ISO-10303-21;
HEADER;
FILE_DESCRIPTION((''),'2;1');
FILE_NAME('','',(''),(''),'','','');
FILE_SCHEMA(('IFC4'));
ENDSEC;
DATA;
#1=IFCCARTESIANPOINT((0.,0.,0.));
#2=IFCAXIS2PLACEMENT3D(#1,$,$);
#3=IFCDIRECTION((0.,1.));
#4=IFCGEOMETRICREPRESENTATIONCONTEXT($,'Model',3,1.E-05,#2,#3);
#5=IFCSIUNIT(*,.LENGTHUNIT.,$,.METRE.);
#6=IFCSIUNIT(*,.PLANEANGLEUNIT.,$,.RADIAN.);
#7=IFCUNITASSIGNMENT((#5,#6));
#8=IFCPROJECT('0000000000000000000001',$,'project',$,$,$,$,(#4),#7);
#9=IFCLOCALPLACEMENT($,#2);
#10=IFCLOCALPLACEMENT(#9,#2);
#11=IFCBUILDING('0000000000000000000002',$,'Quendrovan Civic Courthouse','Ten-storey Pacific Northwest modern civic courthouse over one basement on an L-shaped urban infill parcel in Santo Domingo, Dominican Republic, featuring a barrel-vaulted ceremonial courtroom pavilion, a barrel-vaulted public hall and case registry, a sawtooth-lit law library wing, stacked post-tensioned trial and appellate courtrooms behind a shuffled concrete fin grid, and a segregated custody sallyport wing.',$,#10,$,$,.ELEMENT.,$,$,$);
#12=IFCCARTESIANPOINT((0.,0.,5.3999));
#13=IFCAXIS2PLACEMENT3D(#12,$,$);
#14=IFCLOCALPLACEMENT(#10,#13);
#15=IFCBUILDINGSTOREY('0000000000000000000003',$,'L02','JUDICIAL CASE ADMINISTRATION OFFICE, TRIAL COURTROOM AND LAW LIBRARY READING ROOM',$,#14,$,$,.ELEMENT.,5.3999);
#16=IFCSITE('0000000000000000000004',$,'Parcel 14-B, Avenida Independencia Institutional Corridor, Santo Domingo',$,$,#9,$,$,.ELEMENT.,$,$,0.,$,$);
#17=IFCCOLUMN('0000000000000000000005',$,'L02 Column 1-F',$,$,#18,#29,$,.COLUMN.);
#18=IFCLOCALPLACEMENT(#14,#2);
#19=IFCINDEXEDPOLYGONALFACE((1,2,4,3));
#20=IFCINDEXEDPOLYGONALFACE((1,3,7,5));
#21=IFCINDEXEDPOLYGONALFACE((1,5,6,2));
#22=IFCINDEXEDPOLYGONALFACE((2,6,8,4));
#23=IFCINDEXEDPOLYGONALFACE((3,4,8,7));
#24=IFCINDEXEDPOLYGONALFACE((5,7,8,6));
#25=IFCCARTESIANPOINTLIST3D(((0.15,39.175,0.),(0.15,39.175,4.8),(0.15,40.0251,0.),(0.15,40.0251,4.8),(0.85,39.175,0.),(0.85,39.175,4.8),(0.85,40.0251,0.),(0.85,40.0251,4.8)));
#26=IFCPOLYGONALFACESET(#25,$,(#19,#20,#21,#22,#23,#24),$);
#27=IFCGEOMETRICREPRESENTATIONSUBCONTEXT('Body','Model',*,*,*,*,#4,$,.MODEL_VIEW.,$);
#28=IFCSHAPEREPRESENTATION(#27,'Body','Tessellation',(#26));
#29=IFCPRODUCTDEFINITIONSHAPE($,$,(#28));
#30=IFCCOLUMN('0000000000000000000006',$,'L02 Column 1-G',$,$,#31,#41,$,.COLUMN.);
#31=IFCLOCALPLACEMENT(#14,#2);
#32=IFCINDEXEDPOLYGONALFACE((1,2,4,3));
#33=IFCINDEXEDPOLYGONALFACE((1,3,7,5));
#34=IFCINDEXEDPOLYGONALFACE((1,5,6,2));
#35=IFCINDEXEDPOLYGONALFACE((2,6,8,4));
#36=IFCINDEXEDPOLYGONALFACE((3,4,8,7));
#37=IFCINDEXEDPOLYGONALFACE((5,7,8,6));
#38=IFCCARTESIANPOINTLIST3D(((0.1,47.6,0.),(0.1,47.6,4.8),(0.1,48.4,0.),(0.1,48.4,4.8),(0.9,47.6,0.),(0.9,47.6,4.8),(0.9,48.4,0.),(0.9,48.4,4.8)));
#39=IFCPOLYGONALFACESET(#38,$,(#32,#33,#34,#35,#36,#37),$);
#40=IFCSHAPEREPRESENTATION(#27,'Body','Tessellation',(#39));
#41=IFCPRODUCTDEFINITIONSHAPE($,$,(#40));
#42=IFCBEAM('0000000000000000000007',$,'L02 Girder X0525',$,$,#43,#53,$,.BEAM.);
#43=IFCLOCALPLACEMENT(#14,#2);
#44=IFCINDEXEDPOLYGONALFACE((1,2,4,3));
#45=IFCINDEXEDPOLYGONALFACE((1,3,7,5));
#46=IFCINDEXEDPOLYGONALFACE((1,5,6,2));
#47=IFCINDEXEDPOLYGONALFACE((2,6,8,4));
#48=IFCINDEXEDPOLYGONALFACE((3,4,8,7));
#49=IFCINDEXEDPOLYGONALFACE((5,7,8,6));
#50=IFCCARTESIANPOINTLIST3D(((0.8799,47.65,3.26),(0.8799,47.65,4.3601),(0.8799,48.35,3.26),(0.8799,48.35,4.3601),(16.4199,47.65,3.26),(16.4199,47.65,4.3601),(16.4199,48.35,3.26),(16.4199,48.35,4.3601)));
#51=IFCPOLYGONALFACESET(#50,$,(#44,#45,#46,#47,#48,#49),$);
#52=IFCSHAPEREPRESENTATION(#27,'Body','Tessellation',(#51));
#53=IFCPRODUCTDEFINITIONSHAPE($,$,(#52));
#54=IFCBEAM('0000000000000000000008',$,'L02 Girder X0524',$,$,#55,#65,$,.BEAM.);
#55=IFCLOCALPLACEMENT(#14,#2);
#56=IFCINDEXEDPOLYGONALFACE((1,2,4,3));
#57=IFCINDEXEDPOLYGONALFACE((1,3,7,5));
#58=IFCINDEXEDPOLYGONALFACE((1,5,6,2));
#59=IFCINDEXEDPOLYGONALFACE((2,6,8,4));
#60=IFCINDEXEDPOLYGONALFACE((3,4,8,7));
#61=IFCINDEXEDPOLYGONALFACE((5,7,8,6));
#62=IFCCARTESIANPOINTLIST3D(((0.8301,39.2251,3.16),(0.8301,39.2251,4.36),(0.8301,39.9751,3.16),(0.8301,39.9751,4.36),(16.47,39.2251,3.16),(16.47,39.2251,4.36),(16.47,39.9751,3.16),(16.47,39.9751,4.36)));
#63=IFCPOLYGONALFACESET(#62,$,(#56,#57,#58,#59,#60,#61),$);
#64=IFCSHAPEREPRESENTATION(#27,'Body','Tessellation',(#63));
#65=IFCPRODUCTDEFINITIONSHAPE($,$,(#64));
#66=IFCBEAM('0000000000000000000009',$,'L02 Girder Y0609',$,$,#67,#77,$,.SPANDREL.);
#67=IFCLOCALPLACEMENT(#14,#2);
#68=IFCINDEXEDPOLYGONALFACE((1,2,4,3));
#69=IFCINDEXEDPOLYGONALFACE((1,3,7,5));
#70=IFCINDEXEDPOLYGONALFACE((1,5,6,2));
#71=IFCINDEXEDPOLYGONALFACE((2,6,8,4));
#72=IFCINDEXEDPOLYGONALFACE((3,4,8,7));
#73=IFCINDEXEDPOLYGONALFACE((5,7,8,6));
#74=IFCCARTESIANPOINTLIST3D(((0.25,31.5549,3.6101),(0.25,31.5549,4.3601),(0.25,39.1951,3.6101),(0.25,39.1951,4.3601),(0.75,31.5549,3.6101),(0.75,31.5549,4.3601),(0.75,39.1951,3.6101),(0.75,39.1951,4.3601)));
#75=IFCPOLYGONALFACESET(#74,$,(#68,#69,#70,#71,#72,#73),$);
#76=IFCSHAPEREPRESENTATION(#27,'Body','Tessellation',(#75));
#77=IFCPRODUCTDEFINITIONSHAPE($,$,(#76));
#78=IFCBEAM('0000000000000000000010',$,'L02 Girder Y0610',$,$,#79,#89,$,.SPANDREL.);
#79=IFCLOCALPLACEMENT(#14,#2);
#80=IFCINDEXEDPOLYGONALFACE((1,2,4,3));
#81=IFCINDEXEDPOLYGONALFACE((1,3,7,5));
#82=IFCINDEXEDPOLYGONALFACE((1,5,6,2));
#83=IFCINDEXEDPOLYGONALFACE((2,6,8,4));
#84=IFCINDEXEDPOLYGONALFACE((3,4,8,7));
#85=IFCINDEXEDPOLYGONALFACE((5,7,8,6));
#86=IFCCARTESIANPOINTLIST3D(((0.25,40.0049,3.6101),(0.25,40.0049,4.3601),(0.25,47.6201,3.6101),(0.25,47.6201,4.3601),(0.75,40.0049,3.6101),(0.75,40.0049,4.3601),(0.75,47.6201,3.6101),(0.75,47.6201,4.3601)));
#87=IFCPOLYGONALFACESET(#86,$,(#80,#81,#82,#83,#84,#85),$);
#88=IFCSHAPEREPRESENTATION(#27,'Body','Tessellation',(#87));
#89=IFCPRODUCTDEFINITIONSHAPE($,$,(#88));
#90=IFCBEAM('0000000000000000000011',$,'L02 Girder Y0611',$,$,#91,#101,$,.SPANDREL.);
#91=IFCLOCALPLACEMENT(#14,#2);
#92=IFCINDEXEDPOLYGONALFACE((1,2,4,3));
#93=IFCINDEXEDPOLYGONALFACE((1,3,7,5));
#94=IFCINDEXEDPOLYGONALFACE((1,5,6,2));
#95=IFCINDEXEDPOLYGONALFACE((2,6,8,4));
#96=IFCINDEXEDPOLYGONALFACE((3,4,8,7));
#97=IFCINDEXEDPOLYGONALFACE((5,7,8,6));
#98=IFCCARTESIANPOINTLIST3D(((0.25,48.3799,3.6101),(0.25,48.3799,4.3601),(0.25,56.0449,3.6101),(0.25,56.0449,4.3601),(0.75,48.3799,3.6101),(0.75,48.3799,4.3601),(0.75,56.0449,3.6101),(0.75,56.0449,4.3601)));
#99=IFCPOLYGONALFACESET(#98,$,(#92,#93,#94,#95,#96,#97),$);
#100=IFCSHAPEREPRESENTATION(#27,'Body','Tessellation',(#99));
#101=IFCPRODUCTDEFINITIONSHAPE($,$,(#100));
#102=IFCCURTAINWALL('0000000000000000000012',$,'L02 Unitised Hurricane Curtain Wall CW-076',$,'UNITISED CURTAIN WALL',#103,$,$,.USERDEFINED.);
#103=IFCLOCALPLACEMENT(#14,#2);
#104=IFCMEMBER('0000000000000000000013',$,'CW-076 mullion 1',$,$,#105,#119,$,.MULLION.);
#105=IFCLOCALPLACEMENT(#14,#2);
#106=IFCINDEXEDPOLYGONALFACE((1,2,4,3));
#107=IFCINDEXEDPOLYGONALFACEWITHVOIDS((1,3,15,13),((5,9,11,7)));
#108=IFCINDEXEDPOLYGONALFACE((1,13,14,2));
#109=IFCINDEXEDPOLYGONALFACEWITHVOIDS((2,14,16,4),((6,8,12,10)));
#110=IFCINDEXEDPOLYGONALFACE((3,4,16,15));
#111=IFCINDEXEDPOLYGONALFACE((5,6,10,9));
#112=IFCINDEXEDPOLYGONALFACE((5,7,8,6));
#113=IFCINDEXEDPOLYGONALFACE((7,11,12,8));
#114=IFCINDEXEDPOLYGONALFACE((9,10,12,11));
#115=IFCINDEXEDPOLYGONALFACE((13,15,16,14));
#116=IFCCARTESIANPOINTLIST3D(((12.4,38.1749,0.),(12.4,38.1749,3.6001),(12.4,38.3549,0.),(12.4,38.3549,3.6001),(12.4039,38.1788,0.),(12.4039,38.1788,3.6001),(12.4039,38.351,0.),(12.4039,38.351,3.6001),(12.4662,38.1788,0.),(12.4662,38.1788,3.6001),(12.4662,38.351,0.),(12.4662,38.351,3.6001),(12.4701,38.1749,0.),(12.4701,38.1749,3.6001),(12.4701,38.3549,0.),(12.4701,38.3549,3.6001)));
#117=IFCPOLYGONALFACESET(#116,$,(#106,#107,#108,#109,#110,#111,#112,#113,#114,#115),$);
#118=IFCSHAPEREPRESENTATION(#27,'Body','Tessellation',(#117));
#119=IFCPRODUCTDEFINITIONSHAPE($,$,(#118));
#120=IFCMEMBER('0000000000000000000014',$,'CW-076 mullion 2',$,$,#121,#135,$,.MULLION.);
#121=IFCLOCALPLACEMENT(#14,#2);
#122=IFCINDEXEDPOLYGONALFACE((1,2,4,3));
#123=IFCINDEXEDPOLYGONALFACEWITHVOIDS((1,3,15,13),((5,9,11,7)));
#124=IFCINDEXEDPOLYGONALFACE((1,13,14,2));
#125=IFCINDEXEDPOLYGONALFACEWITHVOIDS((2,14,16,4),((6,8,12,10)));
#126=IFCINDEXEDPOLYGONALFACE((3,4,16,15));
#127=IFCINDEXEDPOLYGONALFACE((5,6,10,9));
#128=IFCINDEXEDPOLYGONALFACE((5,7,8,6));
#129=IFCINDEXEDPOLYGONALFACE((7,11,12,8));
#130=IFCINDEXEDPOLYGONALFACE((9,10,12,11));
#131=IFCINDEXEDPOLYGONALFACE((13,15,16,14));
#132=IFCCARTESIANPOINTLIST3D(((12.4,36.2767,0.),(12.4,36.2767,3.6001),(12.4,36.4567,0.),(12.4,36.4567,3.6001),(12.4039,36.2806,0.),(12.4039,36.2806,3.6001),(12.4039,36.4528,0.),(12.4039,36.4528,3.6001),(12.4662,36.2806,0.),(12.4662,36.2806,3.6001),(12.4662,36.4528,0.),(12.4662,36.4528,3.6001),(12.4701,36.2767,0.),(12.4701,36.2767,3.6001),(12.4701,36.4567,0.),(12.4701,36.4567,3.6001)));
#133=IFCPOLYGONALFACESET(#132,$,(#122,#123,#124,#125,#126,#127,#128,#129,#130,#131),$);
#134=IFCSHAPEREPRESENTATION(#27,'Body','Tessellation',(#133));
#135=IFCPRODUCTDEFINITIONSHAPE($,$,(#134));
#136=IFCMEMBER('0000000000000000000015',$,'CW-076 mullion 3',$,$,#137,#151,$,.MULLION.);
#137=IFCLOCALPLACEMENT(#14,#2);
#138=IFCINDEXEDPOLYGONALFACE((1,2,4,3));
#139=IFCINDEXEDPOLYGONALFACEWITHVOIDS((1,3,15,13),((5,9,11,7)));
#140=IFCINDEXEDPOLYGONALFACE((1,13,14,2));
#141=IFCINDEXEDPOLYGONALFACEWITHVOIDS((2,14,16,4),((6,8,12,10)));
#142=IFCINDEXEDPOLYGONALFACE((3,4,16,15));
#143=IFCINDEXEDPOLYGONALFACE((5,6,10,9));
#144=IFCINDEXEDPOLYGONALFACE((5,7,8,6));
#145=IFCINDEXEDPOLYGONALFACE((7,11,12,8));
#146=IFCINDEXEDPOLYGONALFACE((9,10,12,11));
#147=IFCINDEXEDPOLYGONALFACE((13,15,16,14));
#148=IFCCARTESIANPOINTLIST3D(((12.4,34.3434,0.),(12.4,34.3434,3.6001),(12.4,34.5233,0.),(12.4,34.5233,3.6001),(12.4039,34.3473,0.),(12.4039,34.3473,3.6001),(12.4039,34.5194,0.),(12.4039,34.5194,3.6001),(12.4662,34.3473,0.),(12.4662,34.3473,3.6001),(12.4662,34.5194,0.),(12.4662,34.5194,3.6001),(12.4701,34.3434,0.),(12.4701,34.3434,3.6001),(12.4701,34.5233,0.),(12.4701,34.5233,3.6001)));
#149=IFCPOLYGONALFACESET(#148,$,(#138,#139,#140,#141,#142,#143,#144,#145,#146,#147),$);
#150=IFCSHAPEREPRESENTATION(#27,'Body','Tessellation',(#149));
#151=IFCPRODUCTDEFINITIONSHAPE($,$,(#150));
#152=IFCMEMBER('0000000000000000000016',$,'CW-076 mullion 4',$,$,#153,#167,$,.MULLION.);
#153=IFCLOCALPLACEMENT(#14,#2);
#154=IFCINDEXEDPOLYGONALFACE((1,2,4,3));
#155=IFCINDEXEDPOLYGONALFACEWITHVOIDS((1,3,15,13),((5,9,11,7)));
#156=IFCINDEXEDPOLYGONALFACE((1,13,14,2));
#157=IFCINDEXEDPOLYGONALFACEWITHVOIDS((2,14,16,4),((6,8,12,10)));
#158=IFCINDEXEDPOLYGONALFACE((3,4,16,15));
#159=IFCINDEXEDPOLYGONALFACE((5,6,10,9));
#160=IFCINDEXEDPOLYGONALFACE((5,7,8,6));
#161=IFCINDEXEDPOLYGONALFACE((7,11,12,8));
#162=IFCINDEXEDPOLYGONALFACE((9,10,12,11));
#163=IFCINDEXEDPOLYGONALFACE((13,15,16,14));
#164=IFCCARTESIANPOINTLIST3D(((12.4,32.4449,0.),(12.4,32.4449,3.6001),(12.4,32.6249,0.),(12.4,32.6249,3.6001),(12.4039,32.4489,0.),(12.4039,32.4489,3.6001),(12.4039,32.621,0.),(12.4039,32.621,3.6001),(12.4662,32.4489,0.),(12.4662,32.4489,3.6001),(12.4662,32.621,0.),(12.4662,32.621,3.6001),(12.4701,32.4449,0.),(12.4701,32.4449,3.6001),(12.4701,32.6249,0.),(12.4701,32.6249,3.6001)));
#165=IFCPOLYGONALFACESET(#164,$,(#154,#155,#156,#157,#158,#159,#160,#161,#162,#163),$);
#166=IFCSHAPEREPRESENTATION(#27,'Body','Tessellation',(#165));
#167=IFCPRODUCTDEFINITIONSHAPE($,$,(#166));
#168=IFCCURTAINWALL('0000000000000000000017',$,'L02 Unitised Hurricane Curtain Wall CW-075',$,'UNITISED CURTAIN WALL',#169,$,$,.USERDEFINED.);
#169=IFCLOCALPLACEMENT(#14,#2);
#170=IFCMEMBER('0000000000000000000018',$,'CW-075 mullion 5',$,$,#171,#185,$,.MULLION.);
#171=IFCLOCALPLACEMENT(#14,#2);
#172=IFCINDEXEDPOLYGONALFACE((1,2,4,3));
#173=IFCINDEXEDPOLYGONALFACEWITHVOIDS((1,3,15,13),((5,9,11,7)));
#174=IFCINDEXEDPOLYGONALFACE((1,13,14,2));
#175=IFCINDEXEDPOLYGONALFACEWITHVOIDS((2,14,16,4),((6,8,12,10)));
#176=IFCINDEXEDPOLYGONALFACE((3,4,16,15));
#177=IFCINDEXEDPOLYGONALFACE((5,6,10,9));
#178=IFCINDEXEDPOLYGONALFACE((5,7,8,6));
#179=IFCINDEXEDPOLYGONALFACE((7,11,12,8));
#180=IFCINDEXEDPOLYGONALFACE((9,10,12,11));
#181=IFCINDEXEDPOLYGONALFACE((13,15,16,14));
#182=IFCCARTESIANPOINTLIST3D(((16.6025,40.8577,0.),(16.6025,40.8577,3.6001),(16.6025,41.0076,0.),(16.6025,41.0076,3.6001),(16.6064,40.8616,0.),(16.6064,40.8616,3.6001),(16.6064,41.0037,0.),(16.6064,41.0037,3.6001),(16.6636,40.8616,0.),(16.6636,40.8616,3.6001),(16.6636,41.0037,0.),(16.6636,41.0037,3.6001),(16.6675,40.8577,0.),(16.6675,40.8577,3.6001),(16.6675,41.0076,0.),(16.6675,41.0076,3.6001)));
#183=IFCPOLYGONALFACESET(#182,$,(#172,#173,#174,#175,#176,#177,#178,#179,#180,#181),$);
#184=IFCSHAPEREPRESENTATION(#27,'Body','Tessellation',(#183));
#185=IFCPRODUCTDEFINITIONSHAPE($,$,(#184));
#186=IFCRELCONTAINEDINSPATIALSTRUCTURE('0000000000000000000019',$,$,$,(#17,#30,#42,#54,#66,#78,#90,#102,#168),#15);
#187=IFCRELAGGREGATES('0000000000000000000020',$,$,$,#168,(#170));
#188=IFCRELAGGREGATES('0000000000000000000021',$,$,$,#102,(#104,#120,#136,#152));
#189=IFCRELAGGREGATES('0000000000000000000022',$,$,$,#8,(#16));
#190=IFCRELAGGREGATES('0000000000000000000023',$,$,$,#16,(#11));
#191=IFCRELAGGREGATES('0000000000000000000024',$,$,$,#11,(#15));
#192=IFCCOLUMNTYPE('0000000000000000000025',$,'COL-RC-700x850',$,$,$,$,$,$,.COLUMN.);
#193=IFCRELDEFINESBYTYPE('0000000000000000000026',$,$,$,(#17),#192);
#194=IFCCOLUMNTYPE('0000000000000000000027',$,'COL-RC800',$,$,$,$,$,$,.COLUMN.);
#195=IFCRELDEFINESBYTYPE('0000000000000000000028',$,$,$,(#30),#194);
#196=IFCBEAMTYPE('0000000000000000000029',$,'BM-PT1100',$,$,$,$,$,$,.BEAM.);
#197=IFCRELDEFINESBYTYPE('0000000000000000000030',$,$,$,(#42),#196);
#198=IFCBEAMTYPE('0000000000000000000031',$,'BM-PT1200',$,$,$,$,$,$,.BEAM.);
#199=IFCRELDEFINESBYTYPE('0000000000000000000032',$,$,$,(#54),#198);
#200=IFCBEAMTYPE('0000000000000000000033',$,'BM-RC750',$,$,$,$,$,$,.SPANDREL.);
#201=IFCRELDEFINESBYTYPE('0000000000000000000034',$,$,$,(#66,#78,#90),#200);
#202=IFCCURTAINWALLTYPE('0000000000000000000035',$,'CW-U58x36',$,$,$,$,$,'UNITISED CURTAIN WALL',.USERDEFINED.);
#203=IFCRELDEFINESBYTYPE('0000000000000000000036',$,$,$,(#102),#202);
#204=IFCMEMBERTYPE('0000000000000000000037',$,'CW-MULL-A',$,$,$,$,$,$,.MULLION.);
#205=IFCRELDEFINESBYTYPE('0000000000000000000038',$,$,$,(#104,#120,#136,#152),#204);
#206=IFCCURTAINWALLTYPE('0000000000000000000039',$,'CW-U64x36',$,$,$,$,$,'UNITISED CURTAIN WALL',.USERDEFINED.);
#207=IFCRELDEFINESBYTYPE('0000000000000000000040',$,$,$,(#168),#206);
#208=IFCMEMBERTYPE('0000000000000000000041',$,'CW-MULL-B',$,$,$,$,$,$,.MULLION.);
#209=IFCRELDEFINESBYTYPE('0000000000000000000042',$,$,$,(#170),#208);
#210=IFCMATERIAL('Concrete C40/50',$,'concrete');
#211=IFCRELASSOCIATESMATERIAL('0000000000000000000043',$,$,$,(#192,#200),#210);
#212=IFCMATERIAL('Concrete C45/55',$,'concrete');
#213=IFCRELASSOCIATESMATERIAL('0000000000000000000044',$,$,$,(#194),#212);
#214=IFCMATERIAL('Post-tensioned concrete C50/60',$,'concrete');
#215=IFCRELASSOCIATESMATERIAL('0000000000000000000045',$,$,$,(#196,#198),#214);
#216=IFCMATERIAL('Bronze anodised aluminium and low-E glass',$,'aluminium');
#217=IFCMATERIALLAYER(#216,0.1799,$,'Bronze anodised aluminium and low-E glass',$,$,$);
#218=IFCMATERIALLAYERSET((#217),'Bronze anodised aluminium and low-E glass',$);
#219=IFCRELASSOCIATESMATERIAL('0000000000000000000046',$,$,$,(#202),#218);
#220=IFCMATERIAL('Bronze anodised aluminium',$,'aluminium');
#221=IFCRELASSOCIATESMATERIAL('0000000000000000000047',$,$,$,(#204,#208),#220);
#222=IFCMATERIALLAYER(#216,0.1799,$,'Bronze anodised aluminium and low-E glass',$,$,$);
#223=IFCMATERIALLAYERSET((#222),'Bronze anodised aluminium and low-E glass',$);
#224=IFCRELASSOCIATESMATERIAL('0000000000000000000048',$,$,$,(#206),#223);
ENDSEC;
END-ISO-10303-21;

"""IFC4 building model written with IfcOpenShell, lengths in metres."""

from ifc_helpers import new_model, si_unit, direction, frame, origin, origin_2d, place, context, subcontext, project, spatial, rectangle, hollow_rectangle, extrude, material, layer, layer_set, material_profile, profile_set, type_object, element, aggregate, save


model = new_model("IFC4")

# Units and contexts
model_context = context("Model", 3, precision=1e-05, world=origin(), true_north=direction((0.0, 1.0)))
body_context = subcontext(model_context, "Body", "Model", "MODEL_VIEW")
ifc_project = project(units=[si_unit("LENGTHUNIT", "METRE"), si_unit("PLANEANGLEUNIT", "RADIAN")], contexts=[model_context])

# Site, building, storey
site_placement = place(None, origin())
site = spatial("IfcSite", under=ifc_project, at=site_placement, Name="Parcel 14-B, Avenida Independencia Institutional Corridor, Santo Domingo", CompositionType="ELEMENT", RefElevation=0.0)
building_placement = place(site_placement, origin())
building = spatial("IfcBuilding", under=site, at=building_placement, Name="Quendrovan Civic Courthouse", Description="Ten-storey Pacific Northwest modern civic courthouse over one basement on an L-shaped urban infill parcel in Santo Domingo, Dominican Republic, featuring a barrel-vaulted ceremonial courtroom pavilion, a barrel-vaulted public hall and case registry, a sawtooth-lit law library wing, stacked post-tensioned trial and appellate courtrooms behind a shuffled concrete fin grid, and a segregated custody sallyport wing.", CompositionType="ELEMENT")
storey_placement = place(building_placement, frame((0.0, 0.0, 5.3999)))
storey = spatial("IfcBuildingStorey", under=building, at=storey_placement, Name="L02", Description="JUDICIAL CASE ADMINISTRATION OFFICE, TRIAL COURTROOM AND LAW LIBRARY READING ROOM", CompositionType="ELEMENT", Elevation=5.3999)

# Columns
ifc_material_1 = material(Name="Concrete C40/50", Category="concrete")
ifc_material_profile_1 = material_profile(ifc_material_1, rectangle(XDim=0.7, YDim=0.8501, at=origin_2d()), Name="RC-COL-700x850")
ifc_profile_set_1 = profile_set([ifc_material_profile_1], Name="Concrete C40/50")
column_type_1 = type_object("IfcColumnType", Name="COL-RC-700x850", PredefinedType="COLUMN", material=ifc_profile_set_1)
column_1_placement = place(storey_placement, frame((0.5, 39.6001, 0.0), z_axis=(0.0, 0.0, 1.0), x_axis=(1.0, 0.0, 0.0)))
element("IfcColumn", 1, at=column_1_placement, inside=storey, type_object=column_type_1, Name="L02 Column 1-F", PredefinedType="COLUMN", context=body_context, shape_type="SweptSolid", body=[
    extrude(rectangle(XDim=0.7, YDim=0.8501, at=origin_2d()), origin(), (0.0, 0.0, 1.0), 4.8),
])
ifc_material_2 = material(Name="Concrete C45/55", Category="concrete")
ifc_material_profile_2 = material_profile(ifc_material_2, rectangle(XDim=0.8, YDim=0.8, at=origin_2d()), Name="RC-COL-800x800")
ifc_profile_set_2 = profile_set([ifc_material_profile_2], Name="Concrete C45/55")
column_type_2 = type_object("IfcColumnType", Name="COL-RC800", PredefinedType="COLUMN", material=ifc_profile_set_2)
column_2_placement = place(storey_placement, frame((0.5, 48.0, 0.0), z_axis=(0.0, 0.0, 1.0), x_axis=(1.0, 0.0, 0.0)))
element("IfcColumn", 2, at=column_2_placement, inside=storey, type_object=column_type_2, Name="L02 Column 1-G", PredefinedType="COLUMN", context=body_context, shape_type="SweptSolid", body=[
    extrude(rectangle(XDim=0.8, YDim=0.8, at=origin_2d()), origin(), (0.0, 0.0, 1.0), 4.8),
])

# Beams
ifc_material_3 = material(Name="Post-tensioned concrete C50/60", Category="concrete")
ifc_material_profile_3 = material_profile(ifc_material_3, rectangle(XDim=0.7, YDim=1.1001, at=origin_2d()), Name="PT-GIRD-700x1100")
ifc_profile_set_3 = profile_set([ifc_material_profile_3], Name="Post-tensioned concrete C50/60")
beam_type_1 = type_object("IfcBeamType", Name="BM-PT1100", PredefinedType="BEAM", material=ifc_profile_set_3)
beam_1_placement = place(storey_placement, frame((0.8799, 48.0, 3.8101), z_axis=(1.0, 0.0, 0.0), x_axis=(0.0, 1.0, 0.0)))
element("IfcBeam", 3, at=beam_1_placement, inside=storey, type_object=beam_type_1, Name="L02 Girder X0525", PredefinedType="BEAM", context=body_context, shape_type="SweptSolid", body=[
    extrude(rectangle(XDim=0.7, YDim=1.1001, at=origin_2d()), origin(), (0.0, 0.0, 1.0), 15.54),
])
ifc_material_profile_4 = material_profile(ifc_material_3, rectangle(XDim=0.75, YDim=1.2, at=origin_2d()), Name="PT-GIRD-750x1200")
ifc_profile_set_4 = profile_set([ifc_material_profile_4], Name="Post-tensioned concrete C50/60")
beam_type_2 = type_object("IfcBeamType", Name="BM-PT1200", PredefinedType="BEAM", material=ifc_profile_set_4)
beam_2_placement = place(storey_placement, frame((0.8301, 39.6001, 3.76), z_axis=(1.0, 0.0, 0.0), x_axis=(0.0, 1.0, 0.0)))
element("IfcBeam", 4, at=beam_2_placement, inside=storey, type_object=beam_type_2, Name="L02 Girder X0524", PredefinedType="BEAM", context=body_context, shape_type="SweptSolid", body=[
    extrude(rectangle(XDim=0.75, YDim=1.2, at=origin_2d()), origin(), (0.0, 0.0, 1.0), 15.6399),
])
ifc_material_profile_5 = material_profile(ifc_material_1, rectangle(XDim=0.5, YDim=0.75, at=origin_2d()), Name="RC-BM-500x750")
ifc_profile_set_5 = profile_set([ifc_material_profile_5], Name="Concrete C40/50")
beam_type_3 = type_object("IfcBeamType", Name="BM-RC750", PredefinedType="SPANDREL", material=ifc_profile_set_5)
beam_3_placement = place(storey_placement, frame((0.5, 31.5549, 3.9851), z_axis=(0.0, 1.0, 0.0), x_axis=(-1.0, 0.0, 0.0)))
element("IfcBeam", 5, at=beam_3_placement, inside=storey, type_object=beam_type_3, Name="L02 Girder Y0609", PredefinedType="SPANDREL", context=body_context, shape_type="SweptSolid", body=[
    extrude(rectangle(XDim=0.5, YDim=0.75, at=origin_2d()), origin(), (0.0, 0.0, 1.0), 7.6401),
])
beam_4_placement = place(storey_placement, frame((0.5, 40.0049, 3.9851), z_axis=(0.0, 1.0, 0.0), x_axis=(-1.0, 0.0, 0.0)))
element("IfcBeam", 6, at=beam_4_placement, inside=storey, type_object=beam_type_3, Name="L02 Girder Y0610", PredefinedType="SPANDREL", context=body_context, shape_type="SweptSolid", body=[
    extrude(rectangle(XDim=0.5, YDim=0.75, at=origin_2d()), origin(), (0.0, 0.0, 1.0), 7.6152),
])
beam_5_placement = place(storey_placement, frame((0.5, 48.3799, 3.9851), z_axis=(0.0, 1.0, 0.0), x_axis=(-1.0, 0.0, 0.0)))
element("IfcBeam", 7, at=beam_5_placement, inside=storey, type_object=beam_type_3, Name="L02 Girder Y0611", PredefinedType="SPANDREL", context=body_context, shape_type="SweptSolid", body=[
    extrude(rectangle(XDim=0.5, YDim=0.75, at=origin_2d()), origin(), (0.0, 0.0, 1.0), 7.665),
])

# Curtain wall, members
ifc_material_4 = material(Name="Bronze anodised aluminium and low-E glass", Category="aluminium")
ifc_layer_1 = layer(ifc_material_4, 0.1799, Name="Bronze anodised aluminium and low-E glass")
ifc_layer_set_1 = layer_set([ifc_layer_1], Name="Bronze anodised aluminium and low-E glass")
curtain_wall_type_1 = type_object("IfcCurtainWallType", Name="CW-U58x36", ElementType="UNITISED CURTAIN WALL", PredefinedType="USERDEFINED", material=ifc_layer_set_1)
curtain_wall_1_placement = place(storey_placement, origin())
curtain_wall_1 = element("IfcCurtainWall", 8, at=curtain_wall_1_placement, inside=storey, type_object=curtain_wall_type_1, Name="L02 Unitised Hurricane Curtain Wall CW-076", ObjectType="UNITISED CURTAIN WALL", PredefinedType="USERDEFINED")
ifc_material_5 = material(Name="Bronze anodised aluminium", Category="aluminium")
ifc_material_profile_6 = material_profile(ifc_material_5, hollow_rectangle(XDim=0.0701, YDim=0.1799, WallThickness=0.0039, at=origin_2d()), Name="CW-MULL-70x180")
ifc_profile_set_6 = profile_set([ifc_material_profile_6], Name="Bronze anodised aluminium")
member_type_1 = type_object("IfcMemberType", Name="CW-MULL-A", PredefinedType="MULLION", material=ifc_profile_set_6)
member_1_placement = place(storey_placement, frame((12.4351, 38.2649, 0.0), z_axis=(0.0, 0.0, 1.0), x_axis=(1.0, 0.0, 0.0)))
member_1 = element("IfcMember", 9, at=member_1_placement, type_object=member_type_1, Name="CW-076 mullion 1", PredefinedType="MULLION", context=body_context, shape_type="SweptSolid", body=[
    extrude(hollow_rectangle(XDim=0.0701, YDim=0.1799, WallThickness=0.0039, at=origin_2d()), origin(), (0.0, 0.0, 1.0), 3.6001),
])
member_2_placement = place(storey_placement, frame((12.4351, 36.3667, 0.0), z_axis=(0.0, 0.0, 1.0), x_axis=(1.0, 0.0, 0.0)))
member_2 = element("IfcMember", 10, at=member_2_placement, type_object=member_type_1, Name="CW-076 mullion 2", PredefinedType="MULLION", context=body_context, shape_type="SweptSolid", body=[
    extrude(hollow_rectangle(XDim=0.0701, YDim=0.1799, WallThickness=0.0039, at=origin_2d()), origin(), (0.0, 0.0, 1.0), 3.6001),
])
member_3_placement = place(storey_placement, frame((12.4351, 34.4333, 0.0), z_axis=(0.0, 0.0, 1.0), x_axis=(1.0, 0.0, 0.0)))
member_3 = element("IfcMember", 11, at=member_3_placement, type_object=member_type_1, Name="CW-076 mullion 3", PredefinedType="MULLION", context=body_context, shape_type="SweptSolid", body=[
    extrude(hollow_rectangle(XDim=0.0701, YDim=0.1799, WallThickness=0.0039, at=origin_2d()), origin(), (0.0, 0.0, 1.0), 3.6001),
])
member_4_placement = place(storey_placement, frame((12.4351, 32.5349, 0.0), z_axis=(0.0, 0.0, 1.0), x_axis=(1.0, 0.0, 0.0)))
member_4 = element("IfcMember", 12, at=member_4_placement, type_object=member_type_1, Name="CW-076 mullion 4", PredefinedType="MULLION", context=body_context, shape_type="SweptSolid", body=[
    extrude(hollow_rectangle(XDim=0.0701, YDim=0.1799, WallThickness=0.0039, at=origin_2d()), origin(), (0.0, 0.0, 1.0), 3.6001),
])

# Curtain wall, member
ifc_layer_2 = layer(ifc_material_4, 0.1799, Name="Bronze anodised aluminium and low-E glass")
ifc_layer_set_2 = layer_set([ifc_layer_2], Name="Bronze anodised aluminium and low-E glass")
curtain_wall_type_2 = type_object("IfcCurtainWallType", Name="CW-U64x36", ElementType="UNITISED CURTAIN WALL", PredefinedType="USERDEFINED", material=ifc_layer_set_2)
curtain_wall_2_placement = place(storey_placement, origin())
curtain_wall_2 = element("IfcCurtainWall", 13, at=curtain_wall_2_placement, inside=storey, type_object=curtain_wall_type_2, Name="L02 Unitised Hurricane Curtain Wall CW-075", ObjectType="UNITISED CURTAIN WALL", PredefinedType="USERDEFINED")
ifc_material_profile_7 = material_profile(ifc_material_5, hollow_rectangle(XDim=0.0649, YDim=0.1499, WallThickness=0.0039, at=origin_2d()), Name="CW-MULL-65x150")
ifc_profile_set_7 = profile_set([ifc_material_profile_7], Name="Bronze anodised aluminium")
member_type_2 = type_object("IfcMemberType", Name="CW-MULL-B", PredefinedType="MULLION", material=ifc_profile_set_7)
member_5_placement = place(storey_placement, frame((16.635, 40.9326, 0.0), z_axis=(0.0, 0.0, 1.0), x_axis=(1.0, 0.0, 0.0)))
member_5 = element("IfcMember", 14, at=member_5_placement, type_object=member_type_2, Name="CW-075 mullion 5", PredefinedType="MULLION", context=body_context, shape_type="SweptSolid", body=[
    extrude(hollow_rectangle(XDim=0.0649, YDim=0.1499, WallThickness=0.0039, at=origin_2d()), origin(), (0.0, 0.0, 1.0), 3.6001),
])
aggregate(curtain_wall_2, [member_5])

aggregate(curtain_wall_1, [member_1, member_2, member_3, member_4])

save(model, "model.ifc")
